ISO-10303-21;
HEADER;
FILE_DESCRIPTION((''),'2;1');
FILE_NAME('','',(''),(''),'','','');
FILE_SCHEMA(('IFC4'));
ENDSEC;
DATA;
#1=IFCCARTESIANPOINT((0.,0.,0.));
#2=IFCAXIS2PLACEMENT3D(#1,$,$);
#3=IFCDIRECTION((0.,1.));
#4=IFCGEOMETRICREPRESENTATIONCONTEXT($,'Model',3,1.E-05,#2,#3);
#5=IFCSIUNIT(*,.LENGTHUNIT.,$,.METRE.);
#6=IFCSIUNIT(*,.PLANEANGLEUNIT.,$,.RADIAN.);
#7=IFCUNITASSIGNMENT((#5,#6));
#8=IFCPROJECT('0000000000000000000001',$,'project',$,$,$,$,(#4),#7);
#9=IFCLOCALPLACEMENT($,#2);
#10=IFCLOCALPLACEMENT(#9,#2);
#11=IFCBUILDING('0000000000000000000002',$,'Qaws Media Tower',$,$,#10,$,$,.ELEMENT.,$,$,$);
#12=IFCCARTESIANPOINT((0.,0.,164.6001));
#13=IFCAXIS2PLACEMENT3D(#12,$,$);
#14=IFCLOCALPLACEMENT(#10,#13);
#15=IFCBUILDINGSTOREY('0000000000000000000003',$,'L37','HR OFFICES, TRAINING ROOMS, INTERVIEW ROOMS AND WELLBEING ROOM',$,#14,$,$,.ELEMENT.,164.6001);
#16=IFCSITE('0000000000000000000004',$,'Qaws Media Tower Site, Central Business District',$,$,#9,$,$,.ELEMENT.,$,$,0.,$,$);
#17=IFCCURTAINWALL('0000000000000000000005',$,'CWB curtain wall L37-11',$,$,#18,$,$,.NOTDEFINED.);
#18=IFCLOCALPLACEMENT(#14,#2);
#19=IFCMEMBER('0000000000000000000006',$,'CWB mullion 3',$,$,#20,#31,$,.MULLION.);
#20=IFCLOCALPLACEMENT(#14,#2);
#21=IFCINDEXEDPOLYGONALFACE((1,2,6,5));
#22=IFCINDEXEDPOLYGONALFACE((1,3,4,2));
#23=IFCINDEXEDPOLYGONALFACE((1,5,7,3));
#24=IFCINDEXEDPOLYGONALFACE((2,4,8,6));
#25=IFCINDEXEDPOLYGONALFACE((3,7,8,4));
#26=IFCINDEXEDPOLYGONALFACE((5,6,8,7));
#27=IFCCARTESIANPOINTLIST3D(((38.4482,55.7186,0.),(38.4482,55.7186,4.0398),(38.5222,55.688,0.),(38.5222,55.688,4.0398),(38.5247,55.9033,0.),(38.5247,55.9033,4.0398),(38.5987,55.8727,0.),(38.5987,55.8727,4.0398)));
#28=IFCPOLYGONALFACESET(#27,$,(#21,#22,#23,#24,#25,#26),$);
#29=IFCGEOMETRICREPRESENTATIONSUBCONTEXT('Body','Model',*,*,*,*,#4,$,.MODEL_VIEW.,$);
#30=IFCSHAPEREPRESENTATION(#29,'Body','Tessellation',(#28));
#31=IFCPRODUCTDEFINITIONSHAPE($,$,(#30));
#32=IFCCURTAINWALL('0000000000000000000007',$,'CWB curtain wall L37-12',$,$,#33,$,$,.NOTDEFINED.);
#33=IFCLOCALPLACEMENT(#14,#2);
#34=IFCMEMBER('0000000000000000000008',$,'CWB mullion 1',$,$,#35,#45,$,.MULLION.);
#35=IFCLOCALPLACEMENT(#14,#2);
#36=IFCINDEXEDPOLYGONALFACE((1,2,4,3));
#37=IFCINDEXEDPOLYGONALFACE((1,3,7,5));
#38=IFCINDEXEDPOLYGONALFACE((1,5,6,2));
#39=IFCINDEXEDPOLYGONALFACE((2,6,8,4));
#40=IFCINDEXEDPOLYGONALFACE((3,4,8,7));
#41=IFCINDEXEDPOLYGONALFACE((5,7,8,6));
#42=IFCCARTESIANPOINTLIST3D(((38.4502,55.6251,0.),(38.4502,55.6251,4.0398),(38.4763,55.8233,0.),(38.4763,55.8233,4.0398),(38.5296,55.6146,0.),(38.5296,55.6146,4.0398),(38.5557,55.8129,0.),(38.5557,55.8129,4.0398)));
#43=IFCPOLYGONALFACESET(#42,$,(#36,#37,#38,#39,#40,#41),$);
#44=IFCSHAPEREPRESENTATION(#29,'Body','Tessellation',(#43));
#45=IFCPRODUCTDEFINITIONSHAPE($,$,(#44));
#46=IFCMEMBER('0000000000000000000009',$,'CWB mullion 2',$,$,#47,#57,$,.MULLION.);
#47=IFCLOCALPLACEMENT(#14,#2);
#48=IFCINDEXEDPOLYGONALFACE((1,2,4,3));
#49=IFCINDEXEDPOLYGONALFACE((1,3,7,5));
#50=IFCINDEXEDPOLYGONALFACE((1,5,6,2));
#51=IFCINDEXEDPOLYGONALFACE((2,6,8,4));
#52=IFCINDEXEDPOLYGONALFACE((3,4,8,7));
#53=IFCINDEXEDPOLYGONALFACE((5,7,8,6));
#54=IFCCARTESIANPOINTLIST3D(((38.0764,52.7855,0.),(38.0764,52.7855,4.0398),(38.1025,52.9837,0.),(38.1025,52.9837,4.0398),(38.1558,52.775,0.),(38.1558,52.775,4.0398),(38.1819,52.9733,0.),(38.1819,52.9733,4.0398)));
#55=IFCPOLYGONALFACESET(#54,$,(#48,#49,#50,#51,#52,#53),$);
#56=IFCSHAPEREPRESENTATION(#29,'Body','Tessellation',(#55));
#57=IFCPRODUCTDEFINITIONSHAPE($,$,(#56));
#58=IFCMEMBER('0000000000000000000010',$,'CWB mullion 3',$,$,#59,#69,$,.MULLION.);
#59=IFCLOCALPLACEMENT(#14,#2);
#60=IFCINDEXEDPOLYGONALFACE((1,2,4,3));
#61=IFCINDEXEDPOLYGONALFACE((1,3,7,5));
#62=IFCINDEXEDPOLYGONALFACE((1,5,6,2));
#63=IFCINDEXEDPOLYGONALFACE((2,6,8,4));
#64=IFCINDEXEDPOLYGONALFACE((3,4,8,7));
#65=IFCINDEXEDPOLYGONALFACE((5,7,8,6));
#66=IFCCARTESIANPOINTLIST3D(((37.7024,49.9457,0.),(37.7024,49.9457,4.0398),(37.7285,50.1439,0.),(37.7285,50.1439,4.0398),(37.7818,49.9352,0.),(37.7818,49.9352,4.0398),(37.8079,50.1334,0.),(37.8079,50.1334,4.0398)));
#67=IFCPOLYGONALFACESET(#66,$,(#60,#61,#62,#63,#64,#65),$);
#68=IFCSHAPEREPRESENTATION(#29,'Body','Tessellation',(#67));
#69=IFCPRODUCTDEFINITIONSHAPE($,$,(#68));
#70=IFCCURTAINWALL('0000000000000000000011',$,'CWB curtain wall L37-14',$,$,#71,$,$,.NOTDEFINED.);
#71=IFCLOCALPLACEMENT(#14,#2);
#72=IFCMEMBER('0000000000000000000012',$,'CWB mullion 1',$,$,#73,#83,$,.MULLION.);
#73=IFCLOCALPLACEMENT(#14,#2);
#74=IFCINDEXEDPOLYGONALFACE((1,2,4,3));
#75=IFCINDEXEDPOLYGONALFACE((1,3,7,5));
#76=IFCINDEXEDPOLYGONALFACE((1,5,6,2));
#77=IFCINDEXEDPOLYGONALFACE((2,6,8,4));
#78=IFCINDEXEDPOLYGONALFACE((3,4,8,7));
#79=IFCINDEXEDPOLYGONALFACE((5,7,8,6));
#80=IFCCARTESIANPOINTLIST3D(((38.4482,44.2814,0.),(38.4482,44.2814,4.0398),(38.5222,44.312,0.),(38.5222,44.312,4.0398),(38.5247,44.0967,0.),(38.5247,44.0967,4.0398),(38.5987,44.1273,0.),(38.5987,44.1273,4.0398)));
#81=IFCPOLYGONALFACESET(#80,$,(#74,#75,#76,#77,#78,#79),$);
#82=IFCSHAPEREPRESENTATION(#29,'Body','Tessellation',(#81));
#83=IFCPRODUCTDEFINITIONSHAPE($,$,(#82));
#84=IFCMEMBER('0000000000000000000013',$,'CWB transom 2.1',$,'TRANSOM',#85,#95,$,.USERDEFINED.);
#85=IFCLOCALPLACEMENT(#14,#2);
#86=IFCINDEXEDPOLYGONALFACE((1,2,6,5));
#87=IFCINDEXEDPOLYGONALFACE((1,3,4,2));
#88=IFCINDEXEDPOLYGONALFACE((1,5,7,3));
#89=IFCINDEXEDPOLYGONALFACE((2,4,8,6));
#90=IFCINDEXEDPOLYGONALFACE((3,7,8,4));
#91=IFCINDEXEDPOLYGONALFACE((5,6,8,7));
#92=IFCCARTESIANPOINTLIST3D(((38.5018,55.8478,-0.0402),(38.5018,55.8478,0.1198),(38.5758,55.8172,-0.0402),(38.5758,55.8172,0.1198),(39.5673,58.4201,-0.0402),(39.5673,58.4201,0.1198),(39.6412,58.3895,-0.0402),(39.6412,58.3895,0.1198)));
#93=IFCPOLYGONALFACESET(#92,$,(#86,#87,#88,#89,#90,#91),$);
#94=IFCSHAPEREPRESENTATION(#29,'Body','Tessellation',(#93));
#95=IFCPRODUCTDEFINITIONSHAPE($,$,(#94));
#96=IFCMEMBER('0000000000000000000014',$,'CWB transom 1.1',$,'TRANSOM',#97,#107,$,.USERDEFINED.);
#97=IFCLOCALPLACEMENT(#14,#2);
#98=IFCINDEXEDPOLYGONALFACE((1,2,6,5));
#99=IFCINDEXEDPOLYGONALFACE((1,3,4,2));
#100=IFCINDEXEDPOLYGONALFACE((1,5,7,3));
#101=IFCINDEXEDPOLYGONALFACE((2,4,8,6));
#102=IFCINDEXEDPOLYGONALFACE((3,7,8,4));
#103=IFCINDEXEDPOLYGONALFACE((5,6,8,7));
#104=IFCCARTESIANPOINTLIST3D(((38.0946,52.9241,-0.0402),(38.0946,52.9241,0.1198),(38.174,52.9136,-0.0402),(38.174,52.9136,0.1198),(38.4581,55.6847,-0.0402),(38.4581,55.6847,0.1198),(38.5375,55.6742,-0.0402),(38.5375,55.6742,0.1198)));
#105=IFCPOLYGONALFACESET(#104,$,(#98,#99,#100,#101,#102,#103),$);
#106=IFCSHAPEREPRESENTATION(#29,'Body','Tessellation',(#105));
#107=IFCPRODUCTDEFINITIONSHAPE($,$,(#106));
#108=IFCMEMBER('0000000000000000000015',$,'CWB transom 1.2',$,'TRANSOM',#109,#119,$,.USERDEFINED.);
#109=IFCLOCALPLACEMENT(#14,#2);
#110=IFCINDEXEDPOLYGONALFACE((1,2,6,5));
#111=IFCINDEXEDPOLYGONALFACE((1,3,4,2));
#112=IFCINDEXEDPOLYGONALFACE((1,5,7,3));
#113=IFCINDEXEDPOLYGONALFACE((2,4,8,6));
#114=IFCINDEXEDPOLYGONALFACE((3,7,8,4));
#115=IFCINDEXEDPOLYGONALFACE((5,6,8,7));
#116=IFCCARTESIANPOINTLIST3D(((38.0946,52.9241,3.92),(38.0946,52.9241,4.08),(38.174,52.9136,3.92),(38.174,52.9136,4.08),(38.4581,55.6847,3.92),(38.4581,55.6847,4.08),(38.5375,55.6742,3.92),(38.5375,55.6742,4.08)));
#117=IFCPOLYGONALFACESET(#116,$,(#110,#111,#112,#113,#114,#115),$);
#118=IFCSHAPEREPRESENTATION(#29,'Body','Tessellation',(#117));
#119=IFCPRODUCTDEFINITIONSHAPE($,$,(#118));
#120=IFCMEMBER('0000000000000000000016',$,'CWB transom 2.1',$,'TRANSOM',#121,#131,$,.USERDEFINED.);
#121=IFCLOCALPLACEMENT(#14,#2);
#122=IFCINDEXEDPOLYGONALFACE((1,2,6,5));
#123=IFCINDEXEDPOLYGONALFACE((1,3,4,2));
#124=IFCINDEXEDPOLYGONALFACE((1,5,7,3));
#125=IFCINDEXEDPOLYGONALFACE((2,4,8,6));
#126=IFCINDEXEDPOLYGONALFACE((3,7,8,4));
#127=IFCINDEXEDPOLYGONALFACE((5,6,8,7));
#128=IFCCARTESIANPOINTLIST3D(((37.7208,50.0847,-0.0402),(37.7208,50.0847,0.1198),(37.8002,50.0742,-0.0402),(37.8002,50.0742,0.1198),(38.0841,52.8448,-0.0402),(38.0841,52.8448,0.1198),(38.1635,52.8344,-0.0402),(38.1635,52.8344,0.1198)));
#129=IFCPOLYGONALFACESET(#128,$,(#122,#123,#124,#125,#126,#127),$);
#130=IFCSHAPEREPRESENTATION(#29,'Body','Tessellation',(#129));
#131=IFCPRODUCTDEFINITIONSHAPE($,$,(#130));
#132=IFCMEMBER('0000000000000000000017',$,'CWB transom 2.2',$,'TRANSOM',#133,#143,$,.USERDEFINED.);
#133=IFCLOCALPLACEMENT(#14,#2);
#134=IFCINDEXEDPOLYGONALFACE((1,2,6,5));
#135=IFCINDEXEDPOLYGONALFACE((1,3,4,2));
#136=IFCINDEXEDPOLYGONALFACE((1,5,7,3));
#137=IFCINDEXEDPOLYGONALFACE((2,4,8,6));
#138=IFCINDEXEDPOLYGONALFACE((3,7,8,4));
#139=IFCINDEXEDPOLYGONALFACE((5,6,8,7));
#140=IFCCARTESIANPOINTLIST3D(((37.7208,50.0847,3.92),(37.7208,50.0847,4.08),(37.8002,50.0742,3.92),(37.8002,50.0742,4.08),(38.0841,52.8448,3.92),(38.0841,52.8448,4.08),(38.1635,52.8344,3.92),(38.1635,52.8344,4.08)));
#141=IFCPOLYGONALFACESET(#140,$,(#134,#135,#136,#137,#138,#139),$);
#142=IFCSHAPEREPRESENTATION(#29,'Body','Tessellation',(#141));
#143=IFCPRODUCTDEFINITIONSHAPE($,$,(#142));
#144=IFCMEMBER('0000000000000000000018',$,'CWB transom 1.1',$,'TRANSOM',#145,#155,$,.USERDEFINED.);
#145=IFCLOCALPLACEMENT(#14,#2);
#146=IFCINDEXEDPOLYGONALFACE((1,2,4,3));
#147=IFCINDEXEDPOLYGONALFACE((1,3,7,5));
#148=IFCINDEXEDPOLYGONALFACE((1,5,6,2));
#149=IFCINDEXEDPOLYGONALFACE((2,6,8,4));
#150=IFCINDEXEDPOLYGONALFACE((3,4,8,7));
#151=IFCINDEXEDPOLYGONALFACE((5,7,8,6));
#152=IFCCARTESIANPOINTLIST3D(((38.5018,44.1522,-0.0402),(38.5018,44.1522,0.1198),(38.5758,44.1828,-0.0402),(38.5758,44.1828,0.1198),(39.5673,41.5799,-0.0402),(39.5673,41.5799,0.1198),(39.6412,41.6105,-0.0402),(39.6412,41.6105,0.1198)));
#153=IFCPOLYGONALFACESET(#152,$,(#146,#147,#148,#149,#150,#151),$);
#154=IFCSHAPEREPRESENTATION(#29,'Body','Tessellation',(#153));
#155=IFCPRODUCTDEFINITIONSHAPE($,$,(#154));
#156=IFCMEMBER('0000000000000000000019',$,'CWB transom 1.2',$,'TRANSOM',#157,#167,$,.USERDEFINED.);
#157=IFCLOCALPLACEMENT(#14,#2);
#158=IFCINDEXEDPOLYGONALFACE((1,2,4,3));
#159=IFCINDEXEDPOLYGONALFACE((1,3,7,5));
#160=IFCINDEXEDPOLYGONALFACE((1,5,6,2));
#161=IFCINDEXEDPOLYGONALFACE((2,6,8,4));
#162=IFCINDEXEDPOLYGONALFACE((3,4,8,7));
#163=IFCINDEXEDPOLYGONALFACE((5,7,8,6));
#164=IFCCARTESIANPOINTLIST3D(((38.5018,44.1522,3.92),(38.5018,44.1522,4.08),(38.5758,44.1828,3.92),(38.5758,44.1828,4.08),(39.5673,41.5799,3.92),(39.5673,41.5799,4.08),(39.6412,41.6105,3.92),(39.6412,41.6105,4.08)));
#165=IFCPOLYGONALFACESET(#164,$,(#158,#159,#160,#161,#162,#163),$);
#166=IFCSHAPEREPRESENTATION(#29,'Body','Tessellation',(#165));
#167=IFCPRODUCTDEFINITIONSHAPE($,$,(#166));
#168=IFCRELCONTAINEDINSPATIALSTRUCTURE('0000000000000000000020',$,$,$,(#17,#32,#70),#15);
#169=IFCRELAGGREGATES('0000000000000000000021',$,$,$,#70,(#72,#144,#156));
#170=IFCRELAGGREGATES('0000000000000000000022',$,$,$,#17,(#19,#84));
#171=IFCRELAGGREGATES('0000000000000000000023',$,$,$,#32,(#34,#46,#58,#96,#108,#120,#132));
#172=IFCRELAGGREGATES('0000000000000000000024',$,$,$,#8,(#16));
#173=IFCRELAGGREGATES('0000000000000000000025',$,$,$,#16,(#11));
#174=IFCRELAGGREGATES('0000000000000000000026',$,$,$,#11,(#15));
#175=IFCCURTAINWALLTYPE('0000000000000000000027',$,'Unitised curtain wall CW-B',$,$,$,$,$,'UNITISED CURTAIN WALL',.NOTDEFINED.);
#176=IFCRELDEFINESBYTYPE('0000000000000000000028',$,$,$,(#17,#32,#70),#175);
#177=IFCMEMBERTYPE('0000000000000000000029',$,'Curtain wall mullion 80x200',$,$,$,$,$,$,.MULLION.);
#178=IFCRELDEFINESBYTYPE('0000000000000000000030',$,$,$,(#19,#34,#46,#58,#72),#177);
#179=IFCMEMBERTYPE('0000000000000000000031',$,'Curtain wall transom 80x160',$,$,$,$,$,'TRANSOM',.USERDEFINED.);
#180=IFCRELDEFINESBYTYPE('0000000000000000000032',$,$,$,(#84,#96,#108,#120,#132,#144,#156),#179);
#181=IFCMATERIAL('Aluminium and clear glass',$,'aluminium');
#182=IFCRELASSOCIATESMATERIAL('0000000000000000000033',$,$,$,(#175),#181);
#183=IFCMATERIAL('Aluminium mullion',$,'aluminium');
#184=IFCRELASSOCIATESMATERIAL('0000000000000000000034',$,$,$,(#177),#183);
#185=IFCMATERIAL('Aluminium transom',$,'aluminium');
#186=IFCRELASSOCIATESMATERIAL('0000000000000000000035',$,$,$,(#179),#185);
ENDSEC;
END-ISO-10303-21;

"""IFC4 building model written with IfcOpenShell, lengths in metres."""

from ifc_helpers import new_model, si_unit, direction, frame, origin, origin_2d, place, context, subcontext, project, spatial, rectangle, extrude, material, material_profile, profile_set, type_object, element, aggregate, save


model = new_model("IFC4")

# Units and contexts
model_context = context("Model", 3, precision=1e-05, world=origin(), true_north=direction((0.0, 1.0)))
body_context = subcontext(model_context, "Body", "Model", "MODEL_VIEW")
ifc_project = project(units=[si_unit("LENGTHUNIT", "METRE"), si_unit("PLANEANGLEUNIT", "RADIAN")], contexts=[model_context])

# Site, building, storey
site_placement = place(None, origin())
site = spatial("IfcSite", under=ifc_project, at=site_placement, Name="Qaws Media Tower Site, Central Business District", CompositionType="ELEMENT", RefElevation=0.0)
building_placement = place(site_placement, origin())
building = spatial("IfcBuilding", under=site, at=building_placement, Name="Qaws Media Tower", CompositionType="ELEMENT")
storey_placement = place(building_placement, frame((0.0, 0.0, 164.6001)))
storey = spatial("IfcBuildingStorey", under=building, at=storey_placement, Name="L37", Description="HR OFFICES, TRAINING ROOMS, INTERVIEW ROOMS AND WELLBEING ROOM", CompositionType="ELEMENT", Elevation=164.6001)

# Curtain wall, member
ifc_material_1 = material(Name="Aluminium and clear glass", Category="aluminium")
curtain_wall_type = type_object("IfcCurtainWallType", Name="Unitised curtain wall CW-B", ElementType="UNITISED CURTAIN WALL", PredefinedType="NOTDEFINED", material=ifc_material_1)
curtain_wall_1_placement = place(storey_placement, origin())
curtain_wall_1 = element("IfcCurtainWall", 1, at=curtain_wall_1_placement, inside=storey, type_object=curtain_wall_type, Name="CWB curtain wall L37-11", PredefinedType="NOTDEFINED")
ifc_material_2 = material(Name="Aluminium mullion", Category="aluminium")
ifc_material_profile_1 = material_profile(ifc_material_2, rectangle(XDim=0.0801, YDim=0.2, at=origin_2d()), Name="80x200")
ifc_profile_set_1 = profile_set([ifc_material_profile_1], Name="Aluminium mullion")
member_type_1 = type_object("IfcMemberType", Name="Curtain wall mullion 80x200", PredefinedType="MULLION", material=ifc_profile_set_1)
member_1_placement = place(storey_placement, frame((38.5234, 55.7957, 0.0), z_axis=(0.0, 0.0, 1.0), x_axis=(0.923879, -0.382684, 0.0)))
member_1 = element("IfcMember", 2, at=member_1_placement, type_object=member_type_1, Name="CWB mullion 3", PredefinedType="MULLION", context=body_context, shape_type="SweptSolid", body=[
    extrude(rectangle(XDim=0.0801, YDim=0.2, at=origin_2d()), origin(), (0.0, 0.0, 1.0), 4.0398),
])

# Curtain wall, members
curtain_wall_2_placement = place(storey_placement, origin())
curtain_wall_2 = element("IfcCurtainWall", 3, at=curtain_wall_2_placement, inside=storey, type_object=curtain_wall_type, Name="CWB curtain wall L37-12", PredefinedType="NOTDEFINED")
member_2_placement = place(storey_placement, frame((38.5029, 55.719, 0.0), z_axis=(0.0, 0.0, 1.0), x_axis=(0.991445, -0.130526, 0.0)))
member_2 = element("IfcMember", 4, at=member_2_placement, type_object=member_type_1, Name="CWB mullion 1", PredefinedType="MULLION", context=body_context, shape_type="SweptSolid", body=[
    extrude(rectangle(XDim=0.0801, YDim=0.2, at=origin_2d()), origin(), (0.0, 0.0, 1.0), 4.0398),
])
member_3_placement = place(storey_placement, frame((38.1292, 52.8794, 0.0), z_axis=(0.0, 0.0, 1.0), x_axis=(0.991445, -0.130526, 0.0)))
member_3 = element("IfcMember", 5, at=member_3_placement, type_object=member_type_1, Name="CWB mullion 2", PredefinedType="MULLION", context=body_context, shape_type="SweptSolid", body=[
    extrude(rectangle(XDim=0.0801, YDim=0.2, at=origin_2d()), origin(), (0.0, 0.0, 1.0), 4.0398),
])
member_4_placement = place(storey_placement, frame((37.7551, 50.0396, 0.0), z_axis=(0.0, 0.0, 1.0), x_axis=(0.991445, -0.130526, 0.0)))
member_4 = element("IfcMember", 6, at=member_4_placement, type_object=member_type_1, Name="CWB mullion 3", PredefinedType="MULLION", context=body_context, shape_type="SweptSolid", body=[
    extrude(rectangle(XDim=0.0801, YDim=0.2, at=origin_2d()), origin(), (0.0, 0.0, 1.0), 4.0398),
])

# Curtain wall, member
curtain_wall_3_placement = place(storey_placement, origin())
curtain_wall_3 = element("IfcCurtainWall", 7, at=curtain_wall_3_placement, inside=storey, type_object=curtain_wall_type, Name="CWB curtain wall L37-14", PredefinedType="NOTDEFINED")
member_5_placement = place(storey_placement, frame((38.5234, 44.2043, 0.0), z_axis=(0.0, 0.0, 1.0), x_axis=(0.923879, 0.382684, 0.0)))
member_5 = element("IfcMember", 8, at=member_5_placement, type_object=member_type_1, Name="CWB mullion 1", PredefinedType="MULLION", context=body_context, shape_type="SweptSolid", body=[
    extrude(rectangle(XDim=0.0801, YDim=0.2, at=origin_2d()), origin(), (0.0, 0.0, 1.0), 4.0398),
])

# Members
ifc_material_3 = material(Name="Aluminium transom", Category="aluminium")
ifc_material_profile_2 = material_profile(ifc_material_3, rectangle(XDim=0.0801, YDim=0.1599, at=origin_2d()), Name="80x160")
ifc_profile_set_2 = profile_set([ifc_material_profile_2], Name="Aluminium transom")
member_type_2 = type_object("IfcMemberType", Name="Curtain wall transom 80x160", ElementType="TRANSOM", PredefinedType="USERDEFINED", material=ifc_profile_set_2)
member_6_placement = place(storey_placement, frame((39.6042, 58.4048, 0.0398), z_axis=(-0.382672, -0.923884, 0.0), x_axis=(0.923884, -0.382672, 0.0)))
member_6 = element("IfcMember", 9, at=member_6_placement, type_object=member_type_2, Name="CWB transom 2.1", ObjectType="TRANSOM", PredefinedType="USERDEFINED", context=body_context, shape_type="SweptSolid", body=[
    extrude(rectangle(XDim=0.0801, YDim=0.1599, at=origin_2d()), origin(), (0.0, 0.0, 1.0), 2.7842),
])
member_7_placement = place(storey_placement, frame((38.4978, 55.6794, 0.0398), z_axis=(-0.130561, -0.99144, 0.0), x_axis=(0.99144, -0.130561, 0.0)))
member_7 = element("IfcMember", 10, at=member_7_placement, type_object=member_type_2, Name="CWB transom 1.1", ObjectType="TRANSOM", PredefinedType="USERDEFINED", context=body_context, shape_type="SweptSolid", body=[
    extrude(rectangle(XDim=0.0801, YDim=0.1599, at=origin_2d()), origin(), (0.0, 0.0, 1.0), 2.7844),
])
member_8_placement = place(storey_placement, frame((38.4978, 55.6794, 4.0), z_axis=(-0.130561, -0.99144, 0.0), x_axis=(0.99144, -0.130561, 0.0)))
member_8 = element("IfcMember", 11, at=member_8_placement, type_object=member_type_2, Name="CWB transom 1.2", ObjectType="TRANSOM", PredefinedType="USERDEFINED", context=body_context, shape_type="SweptSolid", body=[
    extrude(rectangle(XDim=0.0801, YDim=0.1599, at=origin_2d()), origin(), (0.0, 0.0, 1.0), 2.7844),
])
member_9_placement = place(storey_placement, frame((38.1238, 52.8396, 0.0398), z_axis=(-0.130486, -0.99145, 0.0), x_axis=(0.99145, -0.130486, 0.0)))
member_9 = element("IfcMember", 12, at=member_9_placement, type_object=member_type_2, Name="CWB transom 2.1", ObjectType="TRANSOM", PredefinedType="USERDEFINED", context=body_context, shape_type="SweptSolid", body=[
    extrude(rectangle(XDim=0.0801, YDim=0.1599, at=origin_2d()), origin(), (0.0, 0.0, 1.0), 2.7839),
])
member_10_placement = place(storey_placement, frame((38.1238, 52.8396, 4.0), z_axis=(-0.130486, -0.99145, 0.0), x_axis=(0.99145, -0.130486, 0.0)))
member_10 = element("IfcMember", 13, at=member_10_placement, type_object=member_type_2, Name="CWB transom 2.2", ObjectType="TRANSOM", PredefinedType="USERDEFINED", context=body_context, shape_type="SweptSolid", body=[
    extrude(rectangle(XDim=0.0801, YDim=0.1599, at=origin_2d()), origin(), (0.0, 0.0, 1.0), 2.7839),
])
member_11_placement = place(storey_placement, frame((38.5388, 44.1675, 0.0398), z_axis=(0.382672, -0.923884, 0.0), x_axis=(0.923884, 0.382672, 0.0)))
member_11 = element("IfcMember", 14, at=member_11_placement, type_object=member_type_2, Name="CWB transom 1.1", ObjectType="TRANSOM", PredefinedType="USERDEFINED", context=body_context, shape_type="SweptSolid", body=[
    extrude(rectangle(XDim=0.0801, YDim=0.1599, at=origin_2d()), origin(), (0.0, 0.0, 1.0), 2.7842),
])
member_12_placement = place(storey_placement, frame((38.5388, 44.1675, 4.0), z_axis=(0.382672, -0.923884, 0.0), x_axis=(0.923884, 0.382672, 0.0)))
member_12 = element("IfcMember", 15, at=member_12_placement, type_object=member_type_2, Name="CWB transom 1.2", ObjectType="TRANSOM", PredefinedType="USERDEFINED", context=body_context, shape_type="SweptSolid", body=[
    extrude(rectangle(XDim=0.0801, YDim=0.1599, at=origin_2d()), origin(), (0.0, 0.0, 1.0), 2.7842),
])
aggregate(curtain_wall_3, [member_5, member_11, member_12])

aggregate(curtain_wall_1, [member_1, member_6])
aggregate(curtain_wall_2, [member_2, member_3, member_4, member_7, member_8, member_9, member_10])

save(model, "model.ifc")
